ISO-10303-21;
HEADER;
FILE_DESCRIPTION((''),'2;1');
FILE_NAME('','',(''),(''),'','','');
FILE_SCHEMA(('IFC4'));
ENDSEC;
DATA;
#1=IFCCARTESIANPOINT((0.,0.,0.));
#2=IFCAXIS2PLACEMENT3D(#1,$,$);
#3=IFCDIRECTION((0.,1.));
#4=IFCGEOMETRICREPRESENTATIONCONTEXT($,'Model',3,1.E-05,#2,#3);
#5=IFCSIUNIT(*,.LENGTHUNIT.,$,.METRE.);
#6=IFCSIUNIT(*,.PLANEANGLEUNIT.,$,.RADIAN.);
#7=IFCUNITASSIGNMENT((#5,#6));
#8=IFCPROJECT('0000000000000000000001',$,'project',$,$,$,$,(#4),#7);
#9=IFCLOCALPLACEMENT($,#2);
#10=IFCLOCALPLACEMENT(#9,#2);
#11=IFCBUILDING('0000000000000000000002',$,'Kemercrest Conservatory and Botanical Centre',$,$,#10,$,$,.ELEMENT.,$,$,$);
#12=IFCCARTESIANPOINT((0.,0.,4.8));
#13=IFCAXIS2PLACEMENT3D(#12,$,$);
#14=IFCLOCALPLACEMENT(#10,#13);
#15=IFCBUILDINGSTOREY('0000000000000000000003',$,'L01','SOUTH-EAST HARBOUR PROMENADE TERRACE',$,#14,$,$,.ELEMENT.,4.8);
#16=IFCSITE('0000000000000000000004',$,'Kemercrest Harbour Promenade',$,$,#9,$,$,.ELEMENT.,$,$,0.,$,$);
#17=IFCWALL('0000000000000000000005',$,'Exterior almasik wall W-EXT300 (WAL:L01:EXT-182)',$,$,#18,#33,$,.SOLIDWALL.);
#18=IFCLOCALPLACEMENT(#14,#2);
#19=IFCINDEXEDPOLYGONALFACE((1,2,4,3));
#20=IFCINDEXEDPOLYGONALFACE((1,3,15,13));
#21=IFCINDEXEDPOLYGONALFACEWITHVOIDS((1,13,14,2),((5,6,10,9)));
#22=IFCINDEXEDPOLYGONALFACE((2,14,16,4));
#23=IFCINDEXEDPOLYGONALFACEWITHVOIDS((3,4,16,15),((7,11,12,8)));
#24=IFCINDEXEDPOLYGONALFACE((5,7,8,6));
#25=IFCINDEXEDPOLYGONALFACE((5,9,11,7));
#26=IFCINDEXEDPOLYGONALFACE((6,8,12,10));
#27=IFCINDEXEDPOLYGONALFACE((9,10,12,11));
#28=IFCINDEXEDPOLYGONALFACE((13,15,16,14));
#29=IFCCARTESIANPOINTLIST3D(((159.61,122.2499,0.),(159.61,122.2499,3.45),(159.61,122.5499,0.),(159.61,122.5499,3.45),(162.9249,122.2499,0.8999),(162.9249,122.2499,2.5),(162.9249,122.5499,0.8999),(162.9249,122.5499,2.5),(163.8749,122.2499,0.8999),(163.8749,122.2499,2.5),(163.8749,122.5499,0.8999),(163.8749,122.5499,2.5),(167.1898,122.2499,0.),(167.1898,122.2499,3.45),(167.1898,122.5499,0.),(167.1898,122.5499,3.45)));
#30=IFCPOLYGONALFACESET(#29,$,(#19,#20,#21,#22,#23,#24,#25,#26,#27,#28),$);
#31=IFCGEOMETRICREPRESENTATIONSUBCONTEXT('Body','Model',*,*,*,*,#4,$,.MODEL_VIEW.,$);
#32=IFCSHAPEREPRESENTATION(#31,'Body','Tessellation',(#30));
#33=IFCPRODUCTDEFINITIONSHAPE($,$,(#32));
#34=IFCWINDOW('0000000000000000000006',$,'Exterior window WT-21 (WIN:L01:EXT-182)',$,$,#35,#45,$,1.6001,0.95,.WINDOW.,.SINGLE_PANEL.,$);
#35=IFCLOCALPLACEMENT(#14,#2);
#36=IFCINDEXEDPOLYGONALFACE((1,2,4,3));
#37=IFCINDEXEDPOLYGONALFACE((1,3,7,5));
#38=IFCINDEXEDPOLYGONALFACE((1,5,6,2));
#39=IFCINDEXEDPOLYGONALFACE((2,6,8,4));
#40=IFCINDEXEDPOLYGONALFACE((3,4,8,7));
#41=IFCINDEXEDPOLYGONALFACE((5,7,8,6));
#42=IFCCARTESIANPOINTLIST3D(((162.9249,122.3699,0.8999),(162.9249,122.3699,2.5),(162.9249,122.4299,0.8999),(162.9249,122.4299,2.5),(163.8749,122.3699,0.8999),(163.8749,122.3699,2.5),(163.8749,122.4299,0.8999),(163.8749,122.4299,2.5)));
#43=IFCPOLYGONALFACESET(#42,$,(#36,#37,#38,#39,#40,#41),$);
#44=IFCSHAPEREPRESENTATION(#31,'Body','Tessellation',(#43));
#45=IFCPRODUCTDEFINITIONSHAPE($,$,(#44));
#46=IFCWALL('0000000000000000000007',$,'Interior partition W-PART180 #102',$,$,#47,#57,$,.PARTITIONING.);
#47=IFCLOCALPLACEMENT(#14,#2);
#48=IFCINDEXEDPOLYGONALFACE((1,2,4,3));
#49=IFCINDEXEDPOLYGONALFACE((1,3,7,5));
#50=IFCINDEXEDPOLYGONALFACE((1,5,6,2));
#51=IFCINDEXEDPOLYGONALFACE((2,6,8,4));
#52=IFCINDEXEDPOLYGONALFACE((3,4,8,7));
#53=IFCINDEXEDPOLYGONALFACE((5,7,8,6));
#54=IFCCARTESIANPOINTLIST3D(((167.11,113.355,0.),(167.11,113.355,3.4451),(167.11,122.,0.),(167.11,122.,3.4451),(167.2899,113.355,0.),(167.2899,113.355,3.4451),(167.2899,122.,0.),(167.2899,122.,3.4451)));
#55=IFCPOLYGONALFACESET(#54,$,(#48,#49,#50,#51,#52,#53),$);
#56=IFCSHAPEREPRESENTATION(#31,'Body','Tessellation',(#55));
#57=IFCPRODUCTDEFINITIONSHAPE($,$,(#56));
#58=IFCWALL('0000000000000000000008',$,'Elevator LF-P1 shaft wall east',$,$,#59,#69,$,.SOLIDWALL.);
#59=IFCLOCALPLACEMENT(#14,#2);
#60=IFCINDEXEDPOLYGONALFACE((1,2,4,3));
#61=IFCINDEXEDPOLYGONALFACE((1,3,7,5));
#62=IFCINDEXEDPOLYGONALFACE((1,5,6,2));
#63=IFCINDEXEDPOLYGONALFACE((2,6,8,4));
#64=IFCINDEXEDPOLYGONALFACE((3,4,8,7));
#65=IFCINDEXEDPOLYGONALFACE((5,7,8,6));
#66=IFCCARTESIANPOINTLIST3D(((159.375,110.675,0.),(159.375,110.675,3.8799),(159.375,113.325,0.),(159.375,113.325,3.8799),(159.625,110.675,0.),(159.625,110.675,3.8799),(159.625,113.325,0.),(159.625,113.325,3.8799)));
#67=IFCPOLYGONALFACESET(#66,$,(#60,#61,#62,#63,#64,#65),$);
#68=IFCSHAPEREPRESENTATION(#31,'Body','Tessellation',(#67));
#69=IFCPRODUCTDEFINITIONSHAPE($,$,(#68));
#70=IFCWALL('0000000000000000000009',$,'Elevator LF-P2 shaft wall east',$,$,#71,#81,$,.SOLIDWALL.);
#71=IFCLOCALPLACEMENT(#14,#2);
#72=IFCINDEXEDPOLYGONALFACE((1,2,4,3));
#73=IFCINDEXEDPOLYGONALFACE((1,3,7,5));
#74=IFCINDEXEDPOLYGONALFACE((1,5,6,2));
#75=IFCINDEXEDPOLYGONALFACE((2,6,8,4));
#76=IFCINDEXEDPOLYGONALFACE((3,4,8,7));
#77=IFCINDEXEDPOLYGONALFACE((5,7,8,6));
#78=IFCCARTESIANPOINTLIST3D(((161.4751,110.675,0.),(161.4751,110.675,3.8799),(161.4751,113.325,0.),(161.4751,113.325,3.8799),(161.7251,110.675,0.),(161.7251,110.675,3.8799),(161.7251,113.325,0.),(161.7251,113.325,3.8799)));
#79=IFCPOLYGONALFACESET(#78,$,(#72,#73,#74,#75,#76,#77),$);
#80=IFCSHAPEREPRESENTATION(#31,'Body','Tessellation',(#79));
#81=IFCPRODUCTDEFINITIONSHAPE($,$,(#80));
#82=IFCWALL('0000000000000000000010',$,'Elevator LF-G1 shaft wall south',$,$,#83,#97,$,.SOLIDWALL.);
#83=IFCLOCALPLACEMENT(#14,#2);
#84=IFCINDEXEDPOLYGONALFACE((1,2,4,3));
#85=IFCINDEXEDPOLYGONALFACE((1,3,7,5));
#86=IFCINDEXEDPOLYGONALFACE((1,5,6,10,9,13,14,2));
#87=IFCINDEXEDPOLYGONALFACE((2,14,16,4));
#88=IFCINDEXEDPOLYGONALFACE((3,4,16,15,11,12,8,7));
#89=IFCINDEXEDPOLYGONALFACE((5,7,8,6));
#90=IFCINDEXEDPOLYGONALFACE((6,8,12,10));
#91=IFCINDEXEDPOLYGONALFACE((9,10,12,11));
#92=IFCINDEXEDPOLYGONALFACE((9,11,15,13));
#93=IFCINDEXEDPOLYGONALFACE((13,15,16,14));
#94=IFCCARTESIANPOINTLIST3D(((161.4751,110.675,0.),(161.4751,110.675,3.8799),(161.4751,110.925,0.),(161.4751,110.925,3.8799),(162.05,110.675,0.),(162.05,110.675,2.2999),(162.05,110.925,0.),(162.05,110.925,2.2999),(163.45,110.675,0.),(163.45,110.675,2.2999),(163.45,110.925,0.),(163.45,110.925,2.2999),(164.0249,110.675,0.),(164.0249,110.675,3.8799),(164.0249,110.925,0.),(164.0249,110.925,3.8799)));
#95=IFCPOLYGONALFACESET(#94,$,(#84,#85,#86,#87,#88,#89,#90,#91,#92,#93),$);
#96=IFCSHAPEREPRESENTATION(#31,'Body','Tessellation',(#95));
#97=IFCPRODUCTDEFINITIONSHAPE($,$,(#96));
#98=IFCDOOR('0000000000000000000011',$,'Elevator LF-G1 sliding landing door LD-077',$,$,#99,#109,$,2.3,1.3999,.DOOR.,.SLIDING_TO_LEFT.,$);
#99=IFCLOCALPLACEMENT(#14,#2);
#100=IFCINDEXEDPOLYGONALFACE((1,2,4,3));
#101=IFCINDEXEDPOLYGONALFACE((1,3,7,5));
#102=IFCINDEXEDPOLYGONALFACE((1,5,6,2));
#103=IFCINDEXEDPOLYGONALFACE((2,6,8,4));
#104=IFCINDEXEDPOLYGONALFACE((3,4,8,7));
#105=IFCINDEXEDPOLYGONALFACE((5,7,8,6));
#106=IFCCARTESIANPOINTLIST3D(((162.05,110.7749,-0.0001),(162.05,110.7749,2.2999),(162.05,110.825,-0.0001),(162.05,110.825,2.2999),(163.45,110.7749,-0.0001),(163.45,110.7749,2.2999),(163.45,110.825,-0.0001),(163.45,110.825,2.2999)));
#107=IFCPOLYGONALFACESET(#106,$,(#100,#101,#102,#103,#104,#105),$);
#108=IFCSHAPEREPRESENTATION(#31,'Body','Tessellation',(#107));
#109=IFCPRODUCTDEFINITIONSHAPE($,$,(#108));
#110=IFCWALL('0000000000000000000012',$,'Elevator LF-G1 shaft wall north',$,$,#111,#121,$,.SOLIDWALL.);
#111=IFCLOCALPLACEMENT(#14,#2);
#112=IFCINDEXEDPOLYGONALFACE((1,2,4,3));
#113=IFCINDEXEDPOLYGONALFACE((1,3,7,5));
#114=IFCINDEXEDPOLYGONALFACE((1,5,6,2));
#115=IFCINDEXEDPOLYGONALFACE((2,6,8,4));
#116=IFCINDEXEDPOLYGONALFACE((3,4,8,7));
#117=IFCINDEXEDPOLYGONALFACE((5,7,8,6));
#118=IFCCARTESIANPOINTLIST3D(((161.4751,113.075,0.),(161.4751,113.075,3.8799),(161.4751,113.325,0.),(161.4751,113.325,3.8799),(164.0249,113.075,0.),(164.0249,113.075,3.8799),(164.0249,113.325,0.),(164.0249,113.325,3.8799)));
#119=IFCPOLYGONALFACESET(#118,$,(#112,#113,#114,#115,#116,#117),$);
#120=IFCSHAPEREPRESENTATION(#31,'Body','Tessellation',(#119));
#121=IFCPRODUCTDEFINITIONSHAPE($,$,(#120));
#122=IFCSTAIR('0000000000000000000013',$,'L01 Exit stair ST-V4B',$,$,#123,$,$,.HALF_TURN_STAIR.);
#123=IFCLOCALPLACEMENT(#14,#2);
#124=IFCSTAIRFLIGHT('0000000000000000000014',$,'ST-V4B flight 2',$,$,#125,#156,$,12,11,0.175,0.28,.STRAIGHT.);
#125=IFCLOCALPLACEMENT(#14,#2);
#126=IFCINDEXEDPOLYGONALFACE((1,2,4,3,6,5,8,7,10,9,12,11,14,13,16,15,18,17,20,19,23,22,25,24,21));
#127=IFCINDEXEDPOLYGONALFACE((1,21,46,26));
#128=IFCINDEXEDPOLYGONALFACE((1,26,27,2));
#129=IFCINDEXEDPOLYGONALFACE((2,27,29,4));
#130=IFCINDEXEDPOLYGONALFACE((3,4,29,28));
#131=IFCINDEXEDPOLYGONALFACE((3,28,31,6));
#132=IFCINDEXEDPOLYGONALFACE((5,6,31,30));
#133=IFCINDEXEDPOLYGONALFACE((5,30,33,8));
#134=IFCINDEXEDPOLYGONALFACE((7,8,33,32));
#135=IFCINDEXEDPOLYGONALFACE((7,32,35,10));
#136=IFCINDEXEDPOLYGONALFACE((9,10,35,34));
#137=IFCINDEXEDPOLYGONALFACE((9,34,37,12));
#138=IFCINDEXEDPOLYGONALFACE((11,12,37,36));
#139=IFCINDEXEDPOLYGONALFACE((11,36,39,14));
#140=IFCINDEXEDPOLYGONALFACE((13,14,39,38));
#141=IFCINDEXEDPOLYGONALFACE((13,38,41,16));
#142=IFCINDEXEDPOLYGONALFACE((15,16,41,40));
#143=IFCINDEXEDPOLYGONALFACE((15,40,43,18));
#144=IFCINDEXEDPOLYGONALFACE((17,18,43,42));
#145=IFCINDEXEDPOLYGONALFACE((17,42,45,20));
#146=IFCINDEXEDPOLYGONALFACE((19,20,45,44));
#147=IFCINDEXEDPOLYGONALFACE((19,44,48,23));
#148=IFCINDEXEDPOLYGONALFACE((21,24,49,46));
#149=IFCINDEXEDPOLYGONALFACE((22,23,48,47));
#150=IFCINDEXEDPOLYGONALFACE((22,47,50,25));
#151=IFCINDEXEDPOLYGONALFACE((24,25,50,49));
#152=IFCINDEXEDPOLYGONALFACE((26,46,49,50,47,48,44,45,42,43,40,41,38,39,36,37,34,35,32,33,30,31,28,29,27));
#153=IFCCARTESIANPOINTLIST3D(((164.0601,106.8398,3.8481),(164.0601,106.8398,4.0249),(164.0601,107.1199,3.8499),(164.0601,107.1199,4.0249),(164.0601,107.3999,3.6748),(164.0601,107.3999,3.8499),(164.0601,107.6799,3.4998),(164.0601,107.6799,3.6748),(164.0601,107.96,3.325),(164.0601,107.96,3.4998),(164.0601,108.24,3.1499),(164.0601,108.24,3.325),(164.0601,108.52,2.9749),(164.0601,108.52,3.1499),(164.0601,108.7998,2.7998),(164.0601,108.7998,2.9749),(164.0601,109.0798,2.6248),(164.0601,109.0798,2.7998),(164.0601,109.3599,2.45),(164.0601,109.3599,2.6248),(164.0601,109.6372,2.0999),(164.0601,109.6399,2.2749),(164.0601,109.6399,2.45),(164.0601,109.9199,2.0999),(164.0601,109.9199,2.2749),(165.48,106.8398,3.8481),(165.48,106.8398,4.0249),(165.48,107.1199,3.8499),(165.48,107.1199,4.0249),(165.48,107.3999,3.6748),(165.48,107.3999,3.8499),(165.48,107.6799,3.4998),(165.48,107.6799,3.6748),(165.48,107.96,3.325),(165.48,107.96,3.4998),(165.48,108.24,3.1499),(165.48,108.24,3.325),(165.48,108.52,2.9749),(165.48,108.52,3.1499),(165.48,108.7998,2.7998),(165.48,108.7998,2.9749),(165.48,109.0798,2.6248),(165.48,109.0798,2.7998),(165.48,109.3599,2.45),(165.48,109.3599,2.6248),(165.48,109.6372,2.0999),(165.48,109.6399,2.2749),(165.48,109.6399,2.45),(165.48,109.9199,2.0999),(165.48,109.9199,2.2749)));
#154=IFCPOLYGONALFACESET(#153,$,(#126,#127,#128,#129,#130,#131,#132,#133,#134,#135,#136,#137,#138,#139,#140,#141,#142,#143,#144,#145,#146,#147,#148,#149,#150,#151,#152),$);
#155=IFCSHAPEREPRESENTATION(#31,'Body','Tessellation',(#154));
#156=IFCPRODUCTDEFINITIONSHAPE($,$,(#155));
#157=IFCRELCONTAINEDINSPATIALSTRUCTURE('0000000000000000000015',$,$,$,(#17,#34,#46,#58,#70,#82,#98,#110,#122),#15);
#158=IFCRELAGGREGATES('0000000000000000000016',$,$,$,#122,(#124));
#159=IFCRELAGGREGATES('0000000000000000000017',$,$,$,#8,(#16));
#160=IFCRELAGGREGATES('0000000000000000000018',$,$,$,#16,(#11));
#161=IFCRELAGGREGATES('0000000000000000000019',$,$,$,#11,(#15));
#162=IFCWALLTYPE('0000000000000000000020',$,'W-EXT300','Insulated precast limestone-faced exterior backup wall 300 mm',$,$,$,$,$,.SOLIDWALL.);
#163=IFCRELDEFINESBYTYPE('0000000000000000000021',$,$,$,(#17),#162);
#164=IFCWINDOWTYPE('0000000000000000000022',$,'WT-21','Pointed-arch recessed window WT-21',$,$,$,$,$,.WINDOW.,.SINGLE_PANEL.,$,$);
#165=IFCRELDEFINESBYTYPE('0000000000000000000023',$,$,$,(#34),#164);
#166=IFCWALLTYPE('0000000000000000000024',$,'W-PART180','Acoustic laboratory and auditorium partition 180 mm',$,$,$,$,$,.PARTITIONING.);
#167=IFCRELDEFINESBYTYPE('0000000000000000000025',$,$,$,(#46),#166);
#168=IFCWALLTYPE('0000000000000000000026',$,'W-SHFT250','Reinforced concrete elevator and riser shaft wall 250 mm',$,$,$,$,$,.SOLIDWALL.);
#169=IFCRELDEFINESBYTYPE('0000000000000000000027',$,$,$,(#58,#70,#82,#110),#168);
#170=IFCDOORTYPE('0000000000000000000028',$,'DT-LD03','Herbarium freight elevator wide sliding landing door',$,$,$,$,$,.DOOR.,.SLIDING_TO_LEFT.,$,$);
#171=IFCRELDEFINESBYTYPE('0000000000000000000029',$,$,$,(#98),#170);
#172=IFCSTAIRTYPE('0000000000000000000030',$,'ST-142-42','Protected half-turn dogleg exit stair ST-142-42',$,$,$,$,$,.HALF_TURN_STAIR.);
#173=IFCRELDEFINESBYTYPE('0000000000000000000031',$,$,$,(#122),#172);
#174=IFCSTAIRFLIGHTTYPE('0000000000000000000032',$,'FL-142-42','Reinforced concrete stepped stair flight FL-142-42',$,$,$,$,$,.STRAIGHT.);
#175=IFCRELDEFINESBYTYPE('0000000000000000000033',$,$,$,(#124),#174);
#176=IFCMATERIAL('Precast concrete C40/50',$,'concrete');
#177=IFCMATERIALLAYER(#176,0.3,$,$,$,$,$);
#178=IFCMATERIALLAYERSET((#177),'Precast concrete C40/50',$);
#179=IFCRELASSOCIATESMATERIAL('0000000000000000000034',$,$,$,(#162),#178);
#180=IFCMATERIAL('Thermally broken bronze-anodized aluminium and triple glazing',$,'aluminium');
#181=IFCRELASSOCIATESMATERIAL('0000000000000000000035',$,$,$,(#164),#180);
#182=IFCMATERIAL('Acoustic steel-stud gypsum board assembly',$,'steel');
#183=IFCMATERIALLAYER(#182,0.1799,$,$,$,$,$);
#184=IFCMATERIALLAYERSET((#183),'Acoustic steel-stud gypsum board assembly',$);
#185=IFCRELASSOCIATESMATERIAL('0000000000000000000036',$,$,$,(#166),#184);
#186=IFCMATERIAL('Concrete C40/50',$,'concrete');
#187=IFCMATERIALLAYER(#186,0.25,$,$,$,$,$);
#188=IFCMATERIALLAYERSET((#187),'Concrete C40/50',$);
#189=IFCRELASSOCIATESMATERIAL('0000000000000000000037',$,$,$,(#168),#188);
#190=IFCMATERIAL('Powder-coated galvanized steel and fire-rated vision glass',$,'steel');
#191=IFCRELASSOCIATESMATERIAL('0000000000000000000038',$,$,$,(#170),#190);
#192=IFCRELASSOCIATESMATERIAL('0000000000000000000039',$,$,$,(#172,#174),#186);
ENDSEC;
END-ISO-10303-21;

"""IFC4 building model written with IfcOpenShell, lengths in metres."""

from ifc_helpers import new_model, si_unit, direction, frame, frame_2d, origin, place, context, subcontext, project, spatial, polyline, rectangle, outline, extrude, material, layer, layer_set, type_object, element, fill, aggregate, save


model = new_model("IFC4")

# Units and contexts
model_context = context("Model", 3, precision=1e-05, world=origin(), true_north=direction((0.0, 1.0)))
body_context = subcontext(model_context, "Body", "Model", "MODEL_VIEW")
ifc_project = project(units=[si_unit("LENGTHUNIT", "METRE"), si_unit("PLANEANGLEUNIT", "RADIAN")], contexts=[model_context])

# Site, building, storey
site_placement = place(None, origin())
site = spatial("IfcSite", under=ifc_project, at=site_placement, Name="Kemercrest Harbour Promenade", CompositionType="ELEMENT", RefElevation=0.0)
building_placement = place(site_placement, origin())
building = spatial("IfcBuilding", under=site, at=building_placement, Name="Kemercrest Conservatory and Botanical Centre", CompositionType="ELEMENT")
storey_placement = place(building_placement, frame((0.0, 0.0, 4.8)))
storey = spatial("IfcBuildingStorey", under=building, at=storey_placement, Name="L01", Description="SOUTH-EAST HARBOUR PROMENADE TERRACE", CompositionType="ELEMENT", Elevation=4.8)

# Shared definitions
ifc_material_1 = material(Name="Concrete C40/50", Category="concrete")
ifc_material_2 = material(Name="Precast concrete C40/50", Category="concrete")

# Wall, opening, window
ifc_layer_1 = layer(ifc_material_2, 0.3)
ifc_layer_set_1 = layer_set([ifc_layer_1], Name="Precast concrete C40/50")
wall_type_1 = type_object("IfcWallType", Name="W-EXT300", Description="Insulated precast limestone-faced exterior backup wall 300 mm", PredefinedType="SOLIDWALL", material=ifc_layer_set_1)
ifc_material_3 = material(Name="Thermally broken bronze-anodized aluminium and triple glazing", Category="aluminium")
wall_1_placement = place(storey_placement, frame((167.1899, 122.3999, 0.0), z_axis=(0.0, 0.0, 1.0), x_axis=(-1.0, 0.0, 0.0)))
wall_1 = element("IfcWall", 1, at=wall_1_placement, inside=storey, type_object=wall_type_1, Name="Exterior almasik wall W-EXT300 (WAL:L01:EXT-182)", PredefinedType="SOLIDWALL", context=body_context, shape_type="SweptSolid", body=[
    extrude(rectangle(XDim=7.5798, YDim=0.3, at=frame_2d((3.79, 0.0))), origin(), (0.0, 0.0, 1.0), 3.45),
])
opening_1_placement = place(wall_1_placement, frame((3.3149, 0.0, 0.8999)))
opening_1 = element("IfcOpeningElement", 2, at=opening_1_placement, cuts=wall_1, PredefinedType="OPENING", context=body_context, shape_type="SweptSolid", body=[
    extrude(rectangle(XDim=0.95, YDim=1.6001, at=frame_2d((0.4751, 0.8))), frame((0.0, 0.1602, 0.0), z_axis=(0.0, -1.0, 0.0), x_axis=(1.0, 0.0, 0.0)), (0.0, 0.0, 1.0), 0.3201),
])
window_type_1 = type_object("IfcWindowType", Name="WT-21", Description="Pointed-arch recessed window WT-21", PartitioningType="SINGLE_PANEL", PredefinedType="WINDOW", material=ifc_material_3)
window_1_placement = place(opening_1_placement, origin())
window_1 = element("IfcWindow", 3, at=window_1_placement, inside=storey, type_object=window_type_1, Name="Exterior window WT-21 (WIN:L01:EXT-182)", OverallHeight=1.6001, OverallWidth=0.95, PartitioningType="SINGLE_PANEL", PredefinedType="WINDOW", context=body_context, shape_type="SweptSolid", body=[
    extrude(rectangle(XDim=0.95, YDim=1.6001, at=frame_2d((0.4751, 0.8))), frame((0.0, 0.03, 0.0), z_axis=(0.0, -1.0, 0.0), x_axis=(1.0, 0.0, 0.0)), (0.0, 0.0, 1.0), 0.0601),
])
fill(opening_1, window_1)

# Walls
ifc_material_4 = material(Name="Acoustic steel-stud gypsum board assembly", Category="steel")
ifc_layer_2 = layer(ifc_material_4, 0.1799)
ifc_layer_set_2 = layer_set([ifc_layer_2], Name="Acoustic steel-stud gypsum board assembly")
wall_type_2 = type_object("IfcWallType", Name="W-PART180", Description="Acoustic laboratory and auditorium partition 180 mm", PredefinedType="PARTITIONING", material=ifc_layer_set_2)
wall_2_placement = place(storey_placement, frame((167.2, 113.355, 0.0), z_axis=(0.0, 0.0, 1.0), x_axis=(0.0, 1.0, 0.0)))
element("IfcWall", 4, at=wall_2_placement, inside=storey, type_object=wall_type_2, Name="Interior partition W-PART180 #102", PredefinedType="PARTITIONING", context=body_context, shape_type="SweptSolid", body=[
    extrude(rectangle(XDim=8.645, YDim=0.1799, at=frame_2d((4.3225, 0.0))), origin(), (0.0, 0.0, 1.0), 3.4451),
])
ifc_layer_3 = layer(ifc_material_1, 0.25)
ifc_layer_set_3 = layer_set([ifc_layer_3], Name="Concrete C40/50")
wall_type_3 = type_object("IfcWallType", Name="W-SHFT250", Description="Reinforced concrete elevator and riser shaft wall 250 mm", PredefinedType="SOLIDWALL", material=ifc_layer_set_3)
for number, where, z_axis, x_axis, name in (
    (5, (159.5, 110.675, 0.0), (0.0, 0.0, 1.0), (0.0, 1.0, 0.0), "Elevator LF-P1 shaft wall east"),
    (6, (161.6001, 110.675, 0.0), (0.0, 0.0, 1.0), (0.0, 1.0, 0.0), "Elevator LF-P2 shaft wall east"),
):
    element("IfcWall", number, at=place(storey_placement, frame(where, z_axis=z_axis, x_axis=x_axis)), inside=storey, type_object=wall_type_3, Name=name, PredefinedType="SOLIDWALL", context=body_context, shape_type="SweptSolid", body=[
        extrude(rectangle(XDim=2.6499, YDim=0.25, at=frame_2d((1.325, 0.0))), origin(), (0.0, 0.0, 1.0), 3.8799),
    ])

# Wall, opening, door
wall_3_placement = place(storey_placement, frame((161.4751, 110.8, 0.0), z_axis=(0.0, 0.0, 1.0), x_axis=(1.0, 0.0, 0.0)))
wall_3 = element("IfcWall", 7, at=wall_3_placement, inside=storey, type_object=wall_type_3, Name="Elevator LF-G1 shaft wall south", PredefinedType="SOLIDWALL", context=body_context, shape_type="SweptSolid", body=[
    extrude(rectangle(XDim=2.5498, YDim=0.25, at=frame_2d((1.2749, 0.0))), origin(), (0.0, 0.0, 1.0), 3.8799),
])
opening_2_placement = place(wall_3_placement, frame((0.575, 0.0, 0.0)))
opening_2 = element("IfcOpeningElement", 8, at=opening_2_placement, cuts=wall_3, PredefinedType="OPENING", context=body_context, shape_type="SweptSolid", body=[
    extrude(rectangle(XDim=1.3999, YDim=2.3, at=frame_2d((0.7, 1.1499))), frame((0.0, 0.135, 0.0), z_axis=(0.0, -1.0, 0.0), x_axis=(1.0, 0.0, 0.0)), (0.0, 0.0, 1.0), 0.27),
])
ifc_material_5 = material(Name="Powder-coated galvanized steel and fire-rated vision glass", Category="steel")
door_type = type_object("IfcDoorType", Name="DT-LD03", Description="Herbarium freight elevator wide sliding landing door", OperationType="SLIDING_TO_LEFT", PredefinedType="DOOR", material=ifc_material_5)
door_placement = place(opening_2_placement, origin())
door = element("IfcDoor", 9, at=door_placement, inside=storey, type_object=door_type, Name="Elevator LF-G1 sliding landing door LD-077", OperationType="SLIDING_TO_LEFT", OverallHeight=2.3, OverallWidth=1.3999, PredefinedType="DOOR", context=body_context, shape_type="SweptSolid", body=[
    extrude(rectangle(XDim=1.3999, YDim=2.3, at=frame_2d((0.7, 1.1499))), frame((0.0, 0.0249, 0.0), z_axis=(0.0, -1.0, 0.0), x_axis=(1.0, 0.0, 0.0)), (0.0, 0.0, 1.0), 0.05),
])
fill(opening_2, door)

# Wall
wall_4_placement = place(storey_placement, frame((161.4751, 113.2, 0.0), z_axis=(0.0, 0.0, 1.0), x_axis=(1.0, 0.0, 0.0)))
element("IfcWall", 10, at=wall_4_placement, inside=storey, type_object=wall_type_3, Name="Elevator LF-G1 shaft wall north", PredefinedType="SOLIDWALL", context=body_context, shape_type="SweptSolid", body=[
    extrude(rectangle(XDim=2.5498, YDim=0.25, at=frame_2d((1.2749, 0.0))), origin(), (0.0, 0.0, 1.0), 3.8799),
])

# Stair, stair flight
stair_type = type_object("IfcStairType", Name="ST-142-42", Description="Protected half-turn dogleg exit stair ST-142-42", PredefinedType="HALF_TURN_STAIR", material=ifc_material_1)
stair_placement = place(storey_placement, origin())
stair = element("IfcStair", 11, at=stair_placement, inside=storey, type_object=stair_type, Name="L01 Exit stair ST-V4B", PredefinedType="HALF_TURN_STAIR")
stair_flight_type = type_object("IfcStairFlightType", Name="FL-142-42", Description="Reinforced concrete stepped stair flight FL-142-42", PredefinedType="STRAIGHT", material=ifc_material_1)
stair_flight_placement = place(storey_placement, frame((164.77, 109.9199, 2.0999), z_axis=(0.0, 0.0, 1.0), x_axis=(0.0, -1.0, 0.0)))
stair_flight = element("IfcStairFlight", 12, at=stair_flight_placement, type_object=stair_flight_type, Name="ST-V4B flight 2", NumberOfRisers=12, NumberOfTreads=11, PredefinedType="STRAIGHT", RiserHeight=0.175, TreadLength=0.28, context=body_context, shape_type="SweptSolid", body=[
    extrude(outline(polyline([(0.0, 0.0), (0.0, 0.175), (0.28, 0.175), (0.28, 0.3501), (0.5601, 0.3501), (0.5601, 0.5249), (0.8401, 0.5249), (0.8401, 0.7), (1.1201, 0.7), (1.1201, 0.875), (1.3999, 0.875), (1.3999, 1.05), (1.6799, 1.05), (1.6799, 1.2251), (1.96, 1.2251), (1.96, 1.3999), (2.24, 1.3999), (2.24, 1.575), (2.52, 1.575), (2.52, 1.75), (2.8, 1.75), (2.8, 1.925), (3.0801, 1.925), (3.0801, 2.1001), (3.0801, 1.7483), (0.2827, 0.0), (0.0, 0.0)])), frame((0.0, 0.71, 0.0), z_axis=(0.0, -1.0, 0.0), x_axis=(1.0, 0.0, 0.0)), (0.0, 0.0, 1.0), 1.4199),
])
aggregate(stair, [stair_flight])

save(model, "model.ifc")
